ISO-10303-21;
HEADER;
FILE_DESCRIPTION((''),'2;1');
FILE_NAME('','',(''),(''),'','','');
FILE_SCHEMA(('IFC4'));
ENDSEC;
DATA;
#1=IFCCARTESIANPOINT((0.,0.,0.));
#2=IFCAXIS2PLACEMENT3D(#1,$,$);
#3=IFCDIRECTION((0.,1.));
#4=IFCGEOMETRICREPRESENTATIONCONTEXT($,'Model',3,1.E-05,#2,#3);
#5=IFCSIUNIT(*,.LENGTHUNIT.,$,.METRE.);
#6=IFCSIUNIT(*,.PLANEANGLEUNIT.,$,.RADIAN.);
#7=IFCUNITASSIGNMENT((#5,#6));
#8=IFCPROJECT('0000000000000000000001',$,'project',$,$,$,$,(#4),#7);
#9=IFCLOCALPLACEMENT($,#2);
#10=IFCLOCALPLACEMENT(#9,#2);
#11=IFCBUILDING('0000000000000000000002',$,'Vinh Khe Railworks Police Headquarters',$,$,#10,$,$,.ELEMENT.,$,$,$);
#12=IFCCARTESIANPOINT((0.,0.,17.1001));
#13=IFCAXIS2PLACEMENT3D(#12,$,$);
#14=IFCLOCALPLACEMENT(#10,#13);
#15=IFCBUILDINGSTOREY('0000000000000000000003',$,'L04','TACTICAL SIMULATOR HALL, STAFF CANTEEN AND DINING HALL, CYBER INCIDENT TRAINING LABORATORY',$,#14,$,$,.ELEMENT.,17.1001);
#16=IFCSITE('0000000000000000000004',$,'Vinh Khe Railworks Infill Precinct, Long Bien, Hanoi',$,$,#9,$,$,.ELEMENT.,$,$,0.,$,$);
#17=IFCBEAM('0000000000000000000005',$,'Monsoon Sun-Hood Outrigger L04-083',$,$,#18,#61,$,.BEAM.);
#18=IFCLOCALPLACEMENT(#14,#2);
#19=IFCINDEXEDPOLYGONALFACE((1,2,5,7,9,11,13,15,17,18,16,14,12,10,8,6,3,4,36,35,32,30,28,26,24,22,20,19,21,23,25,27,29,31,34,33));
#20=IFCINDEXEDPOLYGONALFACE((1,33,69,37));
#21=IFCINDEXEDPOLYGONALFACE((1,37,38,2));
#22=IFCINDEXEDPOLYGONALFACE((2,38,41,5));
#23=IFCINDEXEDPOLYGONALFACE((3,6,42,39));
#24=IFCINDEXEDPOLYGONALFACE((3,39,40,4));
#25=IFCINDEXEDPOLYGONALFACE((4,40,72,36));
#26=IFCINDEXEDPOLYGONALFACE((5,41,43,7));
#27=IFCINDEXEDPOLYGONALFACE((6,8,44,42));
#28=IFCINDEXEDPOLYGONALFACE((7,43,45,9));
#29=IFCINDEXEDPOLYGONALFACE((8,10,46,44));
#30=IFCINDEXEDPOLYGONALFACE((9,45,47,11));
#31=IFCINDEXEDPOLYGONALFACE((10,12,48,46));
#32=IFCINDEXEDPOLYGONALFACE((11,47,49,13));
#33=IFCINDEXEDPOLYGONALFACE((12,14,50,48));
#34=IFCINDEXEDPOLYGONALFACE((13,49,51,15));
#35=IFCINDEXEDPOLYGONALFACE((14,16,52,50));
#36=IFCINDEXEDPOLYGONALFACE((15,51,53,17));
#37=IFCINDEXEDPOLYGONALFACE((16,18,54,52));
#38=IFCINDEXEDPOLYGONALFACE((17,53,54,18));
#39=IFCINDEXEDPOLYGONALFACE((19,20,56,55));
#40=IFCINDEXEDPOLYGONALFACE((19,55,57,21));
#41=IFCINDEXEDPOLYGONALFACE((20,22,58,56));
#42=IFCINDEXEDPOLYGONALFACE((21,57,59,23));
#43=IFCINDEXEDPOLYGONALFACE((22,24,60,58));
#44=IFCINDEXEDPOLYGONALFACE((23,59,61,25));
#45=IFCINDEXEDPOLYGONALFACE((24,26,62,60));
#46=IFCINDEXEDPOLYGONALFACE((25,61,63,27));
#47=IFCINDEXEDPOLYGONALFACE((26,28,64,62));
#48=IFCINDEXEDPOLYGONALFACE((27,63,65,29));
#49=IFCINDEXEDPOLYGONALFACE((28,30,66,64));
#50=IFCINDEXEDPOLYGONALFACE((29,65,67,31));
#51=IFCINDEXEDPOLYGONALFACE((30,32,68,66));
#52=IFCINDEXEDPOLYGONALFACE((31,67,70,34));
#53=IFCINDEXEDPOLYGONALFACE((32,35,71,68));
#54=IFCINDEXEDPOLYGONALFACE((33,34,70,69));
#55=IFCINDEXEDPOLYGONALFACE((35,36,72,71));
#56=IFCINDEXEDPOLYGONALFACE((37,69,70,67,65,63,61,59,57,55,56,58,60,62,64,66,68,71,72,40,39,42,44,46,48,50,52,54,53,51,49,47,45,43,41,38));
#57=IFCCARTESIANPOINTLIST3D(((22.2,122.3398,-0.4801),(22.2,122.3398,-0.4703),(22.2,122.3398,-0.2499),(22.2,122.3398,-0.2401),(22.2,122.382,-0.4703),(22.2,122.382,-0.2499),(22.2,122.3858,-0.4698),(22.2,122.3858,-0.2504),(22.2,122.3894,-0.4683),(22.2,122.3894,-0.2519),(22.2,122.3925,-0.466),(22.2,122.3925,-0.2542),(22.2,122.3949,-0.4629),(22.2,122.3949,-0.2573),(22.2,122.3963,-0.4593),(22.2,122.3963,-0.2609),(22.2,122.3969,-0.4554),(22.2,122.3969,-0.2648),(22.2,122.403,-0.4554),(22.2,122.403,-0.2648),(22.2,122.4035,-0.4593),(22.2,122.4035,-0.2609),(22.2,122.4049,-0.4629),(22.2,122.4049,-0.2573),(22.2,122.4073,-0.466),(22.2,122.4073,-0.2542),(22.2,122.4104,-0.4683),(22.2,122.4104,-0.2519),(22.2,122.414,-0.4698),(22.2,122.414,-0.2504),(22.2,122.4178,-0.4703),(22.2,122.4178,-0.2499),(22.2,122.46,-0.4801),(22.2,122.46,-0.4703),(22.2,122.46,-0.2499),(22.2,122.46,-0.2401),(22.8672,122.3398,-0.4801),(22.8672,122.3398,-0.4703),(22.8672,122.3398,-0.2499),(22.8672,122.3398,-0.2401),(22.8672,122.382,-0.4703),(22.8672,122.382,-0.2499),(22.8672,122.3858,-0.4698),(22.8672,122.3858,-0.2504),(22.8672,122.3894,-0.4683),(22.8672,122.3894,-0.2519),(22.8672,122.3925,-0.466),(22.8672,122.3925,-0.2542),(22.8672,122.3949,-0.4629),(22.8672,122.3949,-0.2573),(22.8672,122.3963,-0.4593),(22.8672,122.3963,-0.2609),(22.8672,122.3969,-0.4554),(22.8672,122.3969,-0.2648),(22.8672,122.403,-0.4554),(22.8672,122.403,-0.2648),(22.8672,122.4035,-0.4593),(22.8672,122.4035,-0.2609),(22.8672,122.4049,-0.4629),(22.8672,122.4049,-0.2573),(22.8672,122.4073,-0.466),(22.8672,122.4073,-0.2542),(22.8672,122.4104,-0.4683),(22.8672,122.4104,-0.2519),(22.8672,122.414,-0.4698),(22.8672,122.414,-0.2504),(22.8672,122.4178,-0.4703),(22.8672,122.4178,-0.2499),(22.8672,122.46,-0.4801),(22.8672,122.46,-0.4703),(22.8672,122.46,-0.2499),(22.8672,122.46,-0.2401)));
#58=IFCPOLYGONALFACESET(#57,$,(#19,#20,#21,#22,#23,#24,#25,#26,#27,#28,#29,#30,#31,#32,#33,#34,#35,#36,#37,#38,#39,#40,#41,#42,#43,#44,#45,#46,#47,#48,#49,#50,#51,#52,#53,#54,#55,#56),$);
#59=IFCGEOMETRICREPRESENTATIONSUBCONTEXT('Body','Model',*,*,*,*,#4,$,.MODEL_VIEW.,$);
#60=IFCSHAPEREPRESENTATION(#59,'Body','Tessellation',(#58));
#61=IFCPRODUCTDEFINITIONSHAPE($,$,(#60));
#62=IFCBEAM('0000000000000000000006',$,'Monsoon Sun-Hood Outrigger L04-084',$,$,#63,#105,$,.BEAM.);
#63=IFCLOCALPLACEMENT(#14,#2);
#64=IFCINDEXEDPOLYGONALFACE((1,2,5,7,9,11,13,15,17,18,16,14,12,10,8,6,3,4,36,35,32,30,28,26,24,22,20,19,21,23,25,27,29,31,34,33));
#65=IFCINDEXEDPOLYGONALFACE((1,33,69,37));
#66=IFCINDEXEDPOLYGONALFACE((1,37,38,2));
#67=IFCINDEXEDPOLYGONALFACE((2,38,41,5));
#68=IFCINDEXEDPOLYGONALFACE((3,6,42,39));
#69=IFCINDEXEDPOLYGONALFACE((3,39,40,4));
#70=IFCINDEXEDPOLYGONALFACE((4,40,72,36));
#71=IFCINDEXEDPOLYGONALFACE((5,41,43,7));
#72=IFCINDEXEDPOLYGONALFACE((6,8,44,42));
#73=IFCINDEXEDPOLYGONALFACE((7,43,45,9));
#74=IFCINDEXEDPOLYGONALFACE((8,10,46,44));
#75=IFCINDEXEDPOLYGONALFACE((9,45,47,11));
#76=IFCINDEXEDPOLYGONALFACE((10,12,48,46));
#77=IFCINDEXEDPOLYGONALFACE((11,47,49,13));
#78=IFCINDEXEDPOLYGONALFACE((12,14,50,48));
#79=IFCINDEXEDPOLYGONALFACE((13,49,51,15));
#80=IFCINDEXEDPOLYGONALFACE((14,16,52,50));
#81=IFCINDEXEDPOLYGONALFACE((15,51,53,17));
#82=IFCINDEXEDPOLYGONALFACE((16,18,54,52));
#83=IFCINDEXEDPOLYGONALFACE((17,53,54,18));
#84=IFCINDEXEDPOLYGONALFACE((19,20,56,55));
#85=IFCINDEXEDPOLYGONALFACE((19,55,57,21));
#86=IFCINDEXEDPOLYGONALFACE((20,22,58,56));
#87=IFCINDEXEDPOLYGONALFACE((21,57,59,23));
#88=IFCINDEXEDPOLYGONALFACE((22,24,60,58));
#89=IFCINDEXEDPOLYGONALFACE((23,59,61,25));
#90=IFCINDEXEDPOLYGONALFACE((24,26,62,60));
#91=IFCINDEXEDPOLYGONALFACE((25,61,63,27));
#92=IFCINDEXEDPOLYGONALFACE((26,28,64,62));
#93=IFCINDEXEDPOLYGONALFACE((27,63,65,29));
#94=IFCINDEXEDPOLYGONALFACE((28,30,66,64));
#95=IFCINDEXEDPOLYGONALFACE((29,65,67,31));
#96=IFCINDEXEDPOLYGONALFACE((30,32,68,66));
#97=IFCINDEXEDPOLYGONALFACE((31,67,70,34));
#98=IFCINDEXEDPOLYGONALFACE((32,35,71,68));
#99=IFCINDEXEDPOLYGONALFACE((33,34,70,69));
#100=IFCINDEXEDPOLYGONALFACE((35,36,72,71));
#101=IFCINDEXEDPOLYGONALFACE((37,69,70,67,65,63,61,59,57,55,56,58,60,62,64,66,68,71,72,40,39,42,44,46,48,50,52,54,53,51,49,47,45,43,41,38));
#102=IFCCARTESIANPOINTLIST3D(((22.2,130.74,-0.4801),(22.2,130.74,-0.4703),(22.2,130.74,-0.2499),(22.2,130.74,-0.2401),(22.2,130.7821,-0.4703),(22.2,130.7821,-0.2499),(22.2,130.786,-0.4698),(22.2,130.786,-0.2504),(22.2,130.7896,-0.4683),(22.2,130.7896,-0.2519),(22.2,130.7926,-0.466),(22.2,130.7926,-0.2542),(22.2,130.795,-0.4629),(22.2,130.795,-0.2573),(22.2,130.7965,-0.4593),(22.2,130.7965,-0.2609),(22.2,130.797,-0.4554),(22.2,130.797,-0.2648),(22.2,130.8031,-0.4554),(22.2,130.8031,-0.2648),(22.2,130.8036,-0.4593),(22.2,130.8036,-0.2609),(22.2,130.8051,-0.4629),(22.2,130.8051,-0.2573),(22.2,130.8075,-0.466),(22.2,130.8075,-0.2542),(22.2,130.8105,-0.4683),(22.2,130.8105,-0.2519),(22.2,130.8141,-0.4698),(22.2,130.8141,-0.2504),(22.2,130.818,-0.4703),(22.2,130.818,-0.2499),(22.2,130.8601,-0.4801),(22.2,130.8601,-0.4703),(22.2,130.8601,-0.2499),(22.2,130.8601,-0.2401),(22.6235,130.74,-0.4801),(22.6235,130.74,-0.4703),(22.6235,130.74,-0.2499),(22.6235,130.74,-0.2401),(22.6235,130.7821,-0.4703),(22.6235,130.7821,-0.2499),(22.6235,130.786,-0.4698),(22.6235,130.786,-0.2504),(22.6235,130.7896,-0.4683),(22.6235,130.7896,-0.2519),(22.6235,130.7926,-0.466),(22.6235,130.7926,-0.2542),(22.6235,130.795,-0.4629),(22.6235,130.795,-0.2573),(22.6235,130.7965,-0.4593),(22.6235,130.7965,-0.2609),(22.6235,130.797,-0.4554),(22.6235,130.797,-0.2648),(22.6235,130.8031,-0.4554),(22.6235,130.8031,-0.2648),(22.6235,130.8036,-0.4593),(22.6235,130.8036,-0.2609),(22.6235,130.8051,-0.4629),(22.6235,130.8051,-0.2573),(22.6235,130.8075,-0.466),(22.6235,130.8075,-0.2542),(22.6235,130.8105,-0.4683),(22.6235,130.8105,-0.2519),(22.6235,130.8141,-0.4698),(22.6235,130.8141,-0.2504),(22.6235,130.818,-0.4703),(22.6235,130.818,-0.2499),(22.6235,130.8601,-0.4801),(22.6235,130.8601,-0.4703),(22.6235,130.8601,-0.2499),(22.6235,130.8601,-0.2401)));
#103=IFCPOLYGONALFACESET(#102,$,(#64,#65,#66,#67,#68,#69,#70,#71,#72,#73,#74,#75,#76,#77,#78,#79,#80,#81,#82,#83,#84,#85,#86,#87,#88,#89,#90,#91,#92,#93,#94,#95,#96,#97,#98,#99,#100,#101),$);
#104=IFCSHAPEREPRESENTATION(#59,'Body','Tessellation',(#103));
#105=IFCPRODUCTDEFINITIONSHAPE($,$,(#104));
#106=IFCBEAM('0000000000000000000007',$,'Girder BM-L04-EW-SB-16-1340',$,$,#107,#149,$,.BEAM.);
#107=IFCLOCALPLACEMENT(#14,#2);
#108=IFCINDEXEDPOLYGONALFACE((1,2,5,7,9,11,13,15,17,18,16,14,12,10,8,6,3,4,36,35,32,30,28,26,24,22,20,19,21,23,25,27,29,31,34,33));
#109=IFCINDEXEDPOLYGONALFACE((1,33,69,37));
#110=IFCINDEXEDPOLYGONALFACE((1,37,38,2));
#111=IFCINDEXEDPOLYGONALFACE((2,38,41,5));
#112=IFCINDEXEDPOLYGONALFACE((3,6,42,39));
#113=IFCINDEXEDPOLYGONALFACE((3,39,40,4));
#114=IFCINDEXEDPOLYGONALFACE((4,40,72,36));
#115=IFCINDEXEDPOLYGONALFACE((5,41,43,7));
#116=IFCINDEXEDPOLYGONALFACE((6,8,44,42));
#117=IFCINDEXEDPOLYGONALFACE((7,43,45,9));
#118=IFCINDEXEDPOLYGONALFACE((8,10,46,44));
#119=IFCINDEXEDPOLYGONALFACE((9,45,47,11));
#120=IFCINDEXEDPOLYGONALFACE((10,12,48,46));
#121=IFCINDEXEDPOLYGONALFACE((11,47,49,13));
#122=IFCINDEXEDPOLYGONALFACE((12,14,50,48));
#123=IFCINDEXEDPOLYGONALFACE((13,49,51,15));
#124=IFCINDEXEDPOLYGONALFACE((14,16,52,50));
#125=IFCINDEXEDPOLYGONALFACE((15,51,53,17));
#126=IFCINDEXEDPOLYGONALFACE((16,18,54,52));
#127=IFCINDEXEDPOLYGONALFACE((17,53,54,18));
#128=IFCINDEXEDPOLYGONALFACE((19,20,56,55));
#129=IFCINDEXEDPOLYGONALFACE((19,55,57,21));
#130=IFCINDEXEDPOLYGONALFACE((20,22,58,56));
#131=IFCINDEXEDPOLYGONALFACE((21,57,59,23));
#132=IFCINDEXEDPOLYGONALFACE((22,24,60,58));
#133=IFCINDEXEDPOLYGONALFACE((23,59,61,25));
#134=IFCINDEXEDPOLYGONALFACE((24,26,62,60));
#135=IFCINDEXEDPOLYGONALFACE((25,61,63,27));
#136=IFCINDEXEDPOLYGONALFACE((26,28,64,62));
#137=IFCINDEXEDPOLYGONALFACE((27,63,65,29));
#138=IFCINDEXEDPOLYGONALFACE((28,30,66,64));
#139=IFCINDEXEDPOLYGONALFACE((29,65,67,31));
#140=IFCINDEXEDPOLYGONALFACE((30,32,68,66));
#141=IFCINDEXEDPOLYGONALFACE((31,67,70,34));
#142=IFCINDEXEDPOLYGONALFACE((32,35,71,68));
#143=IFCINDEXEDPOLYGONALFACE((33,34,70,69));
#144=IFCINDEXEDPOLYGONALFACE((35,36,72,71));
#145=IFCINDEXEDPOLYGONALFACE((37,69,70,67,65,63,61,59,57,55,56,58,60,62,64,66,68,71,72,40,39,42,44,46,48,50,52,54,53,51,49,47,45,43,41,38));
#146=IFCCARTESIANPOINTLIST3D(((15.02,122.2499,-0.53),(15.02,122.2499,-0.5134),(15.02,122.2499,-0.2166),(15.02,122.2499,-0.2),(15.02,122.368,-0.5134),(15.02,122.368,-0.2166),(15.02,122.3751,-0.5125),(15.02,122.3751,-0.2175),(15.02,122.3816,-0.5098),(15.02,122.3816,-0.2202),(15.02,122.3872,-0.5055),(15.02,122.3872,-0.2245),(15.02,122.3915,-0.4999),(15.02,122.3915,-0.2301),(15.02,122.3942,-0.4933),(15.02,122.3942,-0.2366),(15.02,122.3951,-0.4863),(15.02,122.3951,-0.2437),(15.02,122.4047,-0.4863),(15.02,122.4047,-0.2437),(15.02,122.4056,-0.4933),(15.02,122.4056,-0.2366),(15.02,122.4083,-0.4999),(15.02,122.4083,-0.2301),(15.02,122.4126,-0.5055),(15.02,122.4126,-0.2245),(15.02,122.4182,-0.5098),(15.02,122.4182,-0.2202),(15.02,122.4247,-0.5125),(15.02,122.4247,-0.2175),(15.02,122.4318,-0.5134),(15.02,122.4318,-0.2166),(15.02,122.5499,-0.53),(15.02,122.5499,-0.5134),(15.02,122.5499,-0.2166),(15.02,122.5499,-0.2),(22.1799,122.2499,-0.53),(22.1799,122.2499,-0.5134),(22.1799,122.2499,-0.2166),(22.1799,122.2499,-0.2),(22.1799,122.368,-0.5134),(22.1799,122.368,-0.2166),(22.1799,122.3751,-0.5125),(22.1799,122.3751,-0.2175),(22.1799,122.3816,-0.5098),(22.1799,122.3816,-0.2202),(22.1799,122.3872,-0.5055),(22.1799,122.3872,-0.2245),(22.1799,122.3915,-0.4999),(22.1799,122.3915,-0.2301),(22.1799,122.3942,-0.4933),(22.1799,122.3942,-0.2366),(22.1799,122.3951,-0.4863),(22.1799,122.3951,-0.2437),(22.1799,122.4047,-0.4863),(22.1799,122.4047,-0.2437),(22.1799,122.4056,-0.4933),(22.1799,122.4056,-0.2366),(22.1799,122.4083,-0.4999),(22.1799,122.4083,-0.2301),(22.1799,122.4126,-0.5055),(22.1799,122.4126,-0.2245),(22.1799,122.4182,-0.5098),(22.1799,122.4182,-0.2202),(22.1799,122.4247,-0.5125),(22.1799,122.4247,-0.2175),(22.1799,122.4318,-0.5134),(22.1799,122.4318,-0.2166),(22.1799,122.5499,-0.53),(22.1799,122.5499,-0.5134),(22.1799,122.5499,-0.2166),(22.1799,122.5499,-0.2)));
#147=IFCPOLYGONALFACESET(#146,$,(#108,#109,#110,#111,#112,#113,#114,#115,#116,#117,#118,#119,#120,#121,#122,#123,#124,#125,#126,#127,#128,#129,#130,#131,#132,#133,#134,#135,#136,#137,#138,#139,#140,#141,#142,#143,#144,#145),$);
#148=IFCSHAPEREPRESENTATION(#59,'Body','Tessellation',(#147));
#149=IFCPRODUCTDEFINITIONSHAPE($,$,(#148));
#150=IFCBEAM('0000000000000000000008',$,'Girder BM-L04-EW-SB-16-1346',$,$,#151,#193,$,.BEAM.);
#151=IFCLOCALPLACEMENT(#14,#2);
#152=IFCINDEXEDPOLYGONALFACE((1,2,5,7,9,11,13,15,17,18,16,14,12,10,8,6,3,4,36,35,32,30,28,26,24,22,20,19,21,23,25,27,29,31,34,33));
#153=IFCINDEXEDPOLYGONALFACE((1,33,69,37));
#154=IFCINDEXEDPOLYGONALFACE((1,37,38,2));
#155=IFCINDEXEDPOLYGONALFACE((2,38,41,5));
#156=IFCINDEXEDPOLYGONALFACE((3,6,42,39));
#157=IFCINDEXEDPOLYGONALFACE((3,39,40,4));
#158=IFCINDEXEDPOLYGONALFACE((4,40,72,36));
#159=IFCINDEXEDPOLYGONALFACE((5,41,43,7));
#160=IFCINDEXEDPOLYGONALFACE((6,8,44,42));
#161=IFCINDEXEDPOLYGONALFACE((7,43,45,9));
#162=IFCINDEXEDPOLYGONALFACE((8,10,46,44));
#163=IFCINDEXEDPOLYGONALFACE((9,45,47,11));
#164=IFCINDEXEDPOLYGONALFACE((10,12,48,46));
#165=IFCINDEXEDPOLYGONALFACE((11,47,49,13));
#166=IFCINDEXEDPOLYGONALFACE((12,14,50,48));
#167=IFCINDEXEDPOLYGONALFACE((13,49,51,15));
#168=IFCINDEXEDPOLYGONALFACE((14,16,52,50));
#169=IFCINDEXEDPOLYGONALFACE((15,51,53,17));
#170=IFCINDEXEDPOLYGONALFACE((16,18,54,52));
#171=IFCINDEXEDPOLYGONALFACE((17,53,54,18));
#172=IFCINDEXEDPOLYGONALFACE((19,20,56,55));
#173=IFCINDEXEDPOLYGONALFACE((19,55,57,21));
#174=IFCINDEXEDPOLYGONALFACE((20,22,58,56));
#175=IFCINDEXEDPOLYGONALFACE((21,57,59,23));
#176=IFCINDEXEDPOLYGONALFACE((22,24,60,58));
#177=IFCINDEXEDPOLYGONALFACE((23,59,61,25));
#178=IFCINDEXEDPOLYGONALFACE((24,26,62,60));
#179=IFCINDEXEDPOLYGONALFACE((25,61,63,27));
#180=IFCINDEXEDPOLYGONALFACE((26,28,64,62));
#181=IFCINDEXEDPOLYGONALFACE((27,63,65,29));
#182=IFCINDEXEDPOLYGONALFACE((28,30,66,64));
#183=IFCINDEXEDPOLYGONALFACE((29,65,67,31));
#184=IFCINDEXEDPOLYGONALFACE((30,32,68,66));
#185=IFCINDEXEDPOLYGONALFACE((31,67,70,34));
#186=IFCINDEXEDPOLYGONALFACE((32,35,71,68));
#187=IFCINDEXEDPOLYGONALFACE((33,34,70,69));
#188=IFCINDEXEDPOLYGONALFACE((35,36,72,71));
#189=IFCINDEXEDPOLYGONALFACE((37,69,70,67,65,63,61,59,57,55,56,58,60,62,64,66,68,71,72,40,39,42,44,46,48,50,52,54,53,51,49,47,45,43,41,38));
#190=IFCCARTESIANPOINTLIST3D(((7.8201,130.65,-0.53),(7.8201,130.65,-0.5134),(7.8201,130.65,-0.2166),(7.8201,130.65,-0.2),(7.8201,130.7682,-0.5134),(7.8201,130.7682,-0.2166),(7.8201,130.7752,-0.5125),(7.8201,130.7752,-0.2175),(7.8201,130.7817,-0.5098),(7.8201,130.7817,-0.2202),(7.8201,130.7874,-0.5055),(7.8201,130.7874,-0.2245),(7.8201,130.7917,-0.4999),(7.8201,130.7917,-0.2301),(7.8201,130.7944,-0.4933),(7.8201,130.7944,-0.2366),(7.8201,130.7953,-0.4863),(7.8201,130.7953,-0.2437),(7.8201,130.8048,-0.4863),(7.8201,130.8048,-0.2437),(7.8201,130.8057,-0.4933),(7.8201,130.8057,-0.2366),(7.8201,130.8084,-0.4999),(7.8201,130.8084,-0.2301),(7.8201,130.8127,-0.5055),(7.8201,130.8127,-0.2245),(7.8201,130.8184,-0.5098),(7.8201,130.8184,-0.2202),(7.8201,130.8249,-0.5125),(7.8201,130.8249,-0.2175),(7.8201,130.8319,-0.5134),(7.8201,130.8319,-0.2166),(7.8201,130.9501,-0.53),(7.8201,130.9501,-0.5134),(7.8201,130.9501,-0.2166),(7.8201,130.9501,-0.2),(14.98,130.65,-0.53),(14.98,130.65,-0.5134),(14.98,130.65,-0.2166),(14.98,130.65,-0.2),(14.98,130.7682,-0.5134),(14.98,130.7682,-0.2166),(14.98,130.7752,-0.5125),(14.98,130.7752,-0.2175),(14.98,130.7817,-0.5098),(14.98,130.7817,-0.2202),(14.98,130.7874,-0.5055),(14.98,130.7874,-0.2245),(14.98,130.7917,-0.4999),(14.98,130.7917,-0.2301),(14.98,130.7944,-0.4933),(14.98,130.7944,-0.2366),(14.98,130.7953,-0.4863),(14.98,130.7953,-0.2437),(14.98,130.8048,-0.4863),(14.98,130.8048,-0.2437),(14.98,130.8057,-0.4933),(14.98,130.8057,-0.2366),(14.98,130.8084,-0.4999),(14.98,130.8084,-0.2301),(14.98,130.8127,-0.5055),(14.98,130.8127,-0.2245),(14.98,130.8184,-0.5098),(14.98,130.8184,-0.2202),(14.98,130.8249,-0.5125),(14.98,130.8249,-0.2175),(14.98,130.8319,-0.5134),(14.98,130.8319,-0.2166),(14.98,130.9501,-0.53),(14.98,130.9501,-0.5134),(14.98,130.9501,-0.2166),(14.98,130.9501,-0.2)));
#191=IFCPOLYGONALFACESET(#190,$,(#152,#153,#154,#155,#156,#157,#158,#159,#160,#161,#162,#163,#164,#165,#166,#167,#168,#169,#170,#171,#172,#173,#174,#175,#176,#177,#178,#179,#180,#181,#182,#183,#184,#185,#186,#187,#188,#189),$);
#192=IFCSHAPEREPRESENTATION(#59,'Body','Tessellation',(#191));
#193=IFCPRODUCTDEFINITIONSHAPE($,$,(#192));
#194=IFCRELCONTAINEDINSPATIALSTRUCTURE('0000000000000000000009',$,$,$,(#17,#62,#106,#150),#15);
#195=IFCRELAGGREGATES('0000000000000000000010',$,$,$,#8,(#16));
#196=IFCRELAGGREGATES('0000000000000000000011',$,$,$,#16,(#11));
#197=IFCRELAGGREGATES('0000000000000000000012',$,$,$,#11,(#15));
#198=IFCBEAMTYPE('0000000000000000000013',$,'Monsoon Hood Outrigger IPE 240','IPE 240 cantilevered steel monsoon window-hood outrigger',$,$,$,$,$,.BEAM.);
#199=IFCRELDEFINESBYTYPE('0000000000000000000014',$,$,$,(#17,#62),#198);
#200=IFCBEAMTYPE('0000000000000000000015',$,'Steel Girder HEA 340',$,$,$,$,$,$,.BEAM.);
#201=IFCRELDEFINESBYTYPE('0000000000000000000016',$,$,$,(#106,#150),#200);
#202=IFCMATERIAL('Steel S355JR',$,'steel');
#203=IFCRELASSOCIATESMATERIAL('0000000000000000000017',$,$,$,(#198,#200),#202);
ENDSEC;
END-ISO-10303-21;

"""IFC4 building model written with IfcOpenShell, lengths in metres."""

from ifc_helpers import new_model, si_unit, direction, frame, origin, origin_2d, place, context, subcontext, project, spatial, i_section, extrude, material, material_profile, profile_set, type_object, element, save


model = new_model("IFC4")

# Units and contexts
model_context = context("Model", 3, precision=1e-05, world=origin(), true_north=direction((0.0, 1.0)))
body_context = subcontext(model_context, "Body", "Model", "MODEL_VIEW")
ifc_project = project(units=[si_unit("LENGTHUNIT", "METRE"), si_unit("PLANEANGLEUNIT", "RADIAN")], contexts=[model_context])

# Site, building, storey
site_placement = place(None, origin())
site = spatial("IfcSite", under=ifc_project, at=site_placement, Name="Vinh Khe Railworks Infill Precinct, Long Bien, Hanoi", CompositionType="ELEMENT", RefElevation=0.0)
building_placement = place(site_placement, origin())
building = spatial("IfcBuilding", under=site, at=building_placement, Name="Vinh Khe Railworks Police Headquarters", CompositionType="ELEMENT")
storey_placement = place(building_placement, frame((0.0, 0.0, 17.1001)))
storey = spatial("IfcBuildingStorey", under=building, at=storey_placement, Name="L04", Description="TACTICAL SIMULATOR HALL, STAFF CANTEEN AND DINING HALL, CYBER INCIDENT TRAINING LABORATORY", CompositionType="ELEMENT", Elevation=17.1001)

# Shared definitions
ifc_material_1 = material(Name="Steel S355JR", Category="steel")

# Beams
ifc_material_profile_1 = material_profile(ifc_material_1, i_section(OverallWidth=0.1201, OverallDepth=0.24, WebThickness=0.0061, FlangeThickness=0.0098, FilletRadius=0.0149, at=origin_2d()), Name="IPE 240")
ifc_profile_set_1 = profile_set([ifc_material_profile_1], Name="Steel S355JR")
beam_type_1 = type_object("IfcBeamType", Name="Monsoon Hood Outrigger IPE 240", Description="IPE 240 cantilevered steel monsoon window-hood outrigger", PredefinedType="BEAM", material=ifc_profile_set_1)
beam_1_placement = place(storey_placement, frame((22.2, 122.3999, -0.3601), z_axis=(1.0, 0.0, 0.0), x_axis=(0.0, 1.0, 0.0)))
element("IfcBeam", 1, at=beam_1_placement, inside=storey, type_object=beam_type_1, Name="Monsoon Sun-Hood Outrigger L04-083", PredefinedType="BEAM", context=body_context, shape_type="SweptSolid", body=[
    extrude(i_section(OverallWidth=0.1201, OverallDepth=0.24, WebThickness=0.0061, FlangeThickness=0.0098, FilletRadius=0.0149, at=origin_2d()), origin(), (0.0, 0.0, 1.0), 0.6672),
])
beam_2_placement = place(storey_placement, frame((22.2, 130.8, -0.3601), z_axis=(1.0, 0.0, 0.0), x_axis=(0.0, 1.0, 0.0)))
element("IfcBeam", 2, at=beam_2_placement, inside=storey, type_object=beam_type_1, Name="Monsoon Sun-Hood Outrigger L04-084", PredefinedType="BEAM", context=body_context, shape_type="SweptSolid", body=[
    extrude(i_section(OverallWidth=0.1201, OverallDepth=0.24, WebThickness=0.0061, FlangeThickness=0.0098, FilletRadius=0.0149, at=origin_2d()), origin(), (0.0, 0.0, 1.0), 0.4236),
])
ifc_material_profile_2 = material_profile(ifc_material_1, i_section(OverallWidth=0.3, OverallDepth=0.3301, WebThickness=0.0095, FlangeThickness=0.0166, FilletRadius=0.0271, at=origin_2d()), Name="HEA 340")
ifc_profile_set_2 = profile_set([ifc_material_profile_2], Name="Steel S355JR")
beam_type_2 = type_object("IfcBeamType", Name="Steel Girder HEA 340", PredefinedType="BEAM", material=ifc_profile_set_2)
for number, where, z_axis, x_axis, name in (
    (3, (15.02, 122.3999, -0.365), (1.0, 0.0, 0.0), (0.0, 1.0, 0.0), "Girder BM-L04-EW-SB-16-1340"),
    (4, (7.8201, 130.8, -0.365), (1.0, 0.0, 0.0), (0.0, 1.0, 0.0), "Girder BM-L04-EW-SB-16-1346"),
):
    element("IfcBeam", number, at=place(storey_placement, frame(where, z_axis=z_axis, x_axis=x_axis)), inside=storey, type_object=beam_type_2, Name=name, PredefinedType="BEAM", context=body_context, shape_type="SweptSolid", body=[
        extrude(i_section(OverallWidth=0.3, OverallDepth=0.3301, WebThickness=0.0095, FlangeThickness=0.0166, FilletRadius=0.0271, at=origin_2d()), origin(), (0.0, 0.0, 1.0), 7.1599),
    ])

save(model, "model.ifc")
